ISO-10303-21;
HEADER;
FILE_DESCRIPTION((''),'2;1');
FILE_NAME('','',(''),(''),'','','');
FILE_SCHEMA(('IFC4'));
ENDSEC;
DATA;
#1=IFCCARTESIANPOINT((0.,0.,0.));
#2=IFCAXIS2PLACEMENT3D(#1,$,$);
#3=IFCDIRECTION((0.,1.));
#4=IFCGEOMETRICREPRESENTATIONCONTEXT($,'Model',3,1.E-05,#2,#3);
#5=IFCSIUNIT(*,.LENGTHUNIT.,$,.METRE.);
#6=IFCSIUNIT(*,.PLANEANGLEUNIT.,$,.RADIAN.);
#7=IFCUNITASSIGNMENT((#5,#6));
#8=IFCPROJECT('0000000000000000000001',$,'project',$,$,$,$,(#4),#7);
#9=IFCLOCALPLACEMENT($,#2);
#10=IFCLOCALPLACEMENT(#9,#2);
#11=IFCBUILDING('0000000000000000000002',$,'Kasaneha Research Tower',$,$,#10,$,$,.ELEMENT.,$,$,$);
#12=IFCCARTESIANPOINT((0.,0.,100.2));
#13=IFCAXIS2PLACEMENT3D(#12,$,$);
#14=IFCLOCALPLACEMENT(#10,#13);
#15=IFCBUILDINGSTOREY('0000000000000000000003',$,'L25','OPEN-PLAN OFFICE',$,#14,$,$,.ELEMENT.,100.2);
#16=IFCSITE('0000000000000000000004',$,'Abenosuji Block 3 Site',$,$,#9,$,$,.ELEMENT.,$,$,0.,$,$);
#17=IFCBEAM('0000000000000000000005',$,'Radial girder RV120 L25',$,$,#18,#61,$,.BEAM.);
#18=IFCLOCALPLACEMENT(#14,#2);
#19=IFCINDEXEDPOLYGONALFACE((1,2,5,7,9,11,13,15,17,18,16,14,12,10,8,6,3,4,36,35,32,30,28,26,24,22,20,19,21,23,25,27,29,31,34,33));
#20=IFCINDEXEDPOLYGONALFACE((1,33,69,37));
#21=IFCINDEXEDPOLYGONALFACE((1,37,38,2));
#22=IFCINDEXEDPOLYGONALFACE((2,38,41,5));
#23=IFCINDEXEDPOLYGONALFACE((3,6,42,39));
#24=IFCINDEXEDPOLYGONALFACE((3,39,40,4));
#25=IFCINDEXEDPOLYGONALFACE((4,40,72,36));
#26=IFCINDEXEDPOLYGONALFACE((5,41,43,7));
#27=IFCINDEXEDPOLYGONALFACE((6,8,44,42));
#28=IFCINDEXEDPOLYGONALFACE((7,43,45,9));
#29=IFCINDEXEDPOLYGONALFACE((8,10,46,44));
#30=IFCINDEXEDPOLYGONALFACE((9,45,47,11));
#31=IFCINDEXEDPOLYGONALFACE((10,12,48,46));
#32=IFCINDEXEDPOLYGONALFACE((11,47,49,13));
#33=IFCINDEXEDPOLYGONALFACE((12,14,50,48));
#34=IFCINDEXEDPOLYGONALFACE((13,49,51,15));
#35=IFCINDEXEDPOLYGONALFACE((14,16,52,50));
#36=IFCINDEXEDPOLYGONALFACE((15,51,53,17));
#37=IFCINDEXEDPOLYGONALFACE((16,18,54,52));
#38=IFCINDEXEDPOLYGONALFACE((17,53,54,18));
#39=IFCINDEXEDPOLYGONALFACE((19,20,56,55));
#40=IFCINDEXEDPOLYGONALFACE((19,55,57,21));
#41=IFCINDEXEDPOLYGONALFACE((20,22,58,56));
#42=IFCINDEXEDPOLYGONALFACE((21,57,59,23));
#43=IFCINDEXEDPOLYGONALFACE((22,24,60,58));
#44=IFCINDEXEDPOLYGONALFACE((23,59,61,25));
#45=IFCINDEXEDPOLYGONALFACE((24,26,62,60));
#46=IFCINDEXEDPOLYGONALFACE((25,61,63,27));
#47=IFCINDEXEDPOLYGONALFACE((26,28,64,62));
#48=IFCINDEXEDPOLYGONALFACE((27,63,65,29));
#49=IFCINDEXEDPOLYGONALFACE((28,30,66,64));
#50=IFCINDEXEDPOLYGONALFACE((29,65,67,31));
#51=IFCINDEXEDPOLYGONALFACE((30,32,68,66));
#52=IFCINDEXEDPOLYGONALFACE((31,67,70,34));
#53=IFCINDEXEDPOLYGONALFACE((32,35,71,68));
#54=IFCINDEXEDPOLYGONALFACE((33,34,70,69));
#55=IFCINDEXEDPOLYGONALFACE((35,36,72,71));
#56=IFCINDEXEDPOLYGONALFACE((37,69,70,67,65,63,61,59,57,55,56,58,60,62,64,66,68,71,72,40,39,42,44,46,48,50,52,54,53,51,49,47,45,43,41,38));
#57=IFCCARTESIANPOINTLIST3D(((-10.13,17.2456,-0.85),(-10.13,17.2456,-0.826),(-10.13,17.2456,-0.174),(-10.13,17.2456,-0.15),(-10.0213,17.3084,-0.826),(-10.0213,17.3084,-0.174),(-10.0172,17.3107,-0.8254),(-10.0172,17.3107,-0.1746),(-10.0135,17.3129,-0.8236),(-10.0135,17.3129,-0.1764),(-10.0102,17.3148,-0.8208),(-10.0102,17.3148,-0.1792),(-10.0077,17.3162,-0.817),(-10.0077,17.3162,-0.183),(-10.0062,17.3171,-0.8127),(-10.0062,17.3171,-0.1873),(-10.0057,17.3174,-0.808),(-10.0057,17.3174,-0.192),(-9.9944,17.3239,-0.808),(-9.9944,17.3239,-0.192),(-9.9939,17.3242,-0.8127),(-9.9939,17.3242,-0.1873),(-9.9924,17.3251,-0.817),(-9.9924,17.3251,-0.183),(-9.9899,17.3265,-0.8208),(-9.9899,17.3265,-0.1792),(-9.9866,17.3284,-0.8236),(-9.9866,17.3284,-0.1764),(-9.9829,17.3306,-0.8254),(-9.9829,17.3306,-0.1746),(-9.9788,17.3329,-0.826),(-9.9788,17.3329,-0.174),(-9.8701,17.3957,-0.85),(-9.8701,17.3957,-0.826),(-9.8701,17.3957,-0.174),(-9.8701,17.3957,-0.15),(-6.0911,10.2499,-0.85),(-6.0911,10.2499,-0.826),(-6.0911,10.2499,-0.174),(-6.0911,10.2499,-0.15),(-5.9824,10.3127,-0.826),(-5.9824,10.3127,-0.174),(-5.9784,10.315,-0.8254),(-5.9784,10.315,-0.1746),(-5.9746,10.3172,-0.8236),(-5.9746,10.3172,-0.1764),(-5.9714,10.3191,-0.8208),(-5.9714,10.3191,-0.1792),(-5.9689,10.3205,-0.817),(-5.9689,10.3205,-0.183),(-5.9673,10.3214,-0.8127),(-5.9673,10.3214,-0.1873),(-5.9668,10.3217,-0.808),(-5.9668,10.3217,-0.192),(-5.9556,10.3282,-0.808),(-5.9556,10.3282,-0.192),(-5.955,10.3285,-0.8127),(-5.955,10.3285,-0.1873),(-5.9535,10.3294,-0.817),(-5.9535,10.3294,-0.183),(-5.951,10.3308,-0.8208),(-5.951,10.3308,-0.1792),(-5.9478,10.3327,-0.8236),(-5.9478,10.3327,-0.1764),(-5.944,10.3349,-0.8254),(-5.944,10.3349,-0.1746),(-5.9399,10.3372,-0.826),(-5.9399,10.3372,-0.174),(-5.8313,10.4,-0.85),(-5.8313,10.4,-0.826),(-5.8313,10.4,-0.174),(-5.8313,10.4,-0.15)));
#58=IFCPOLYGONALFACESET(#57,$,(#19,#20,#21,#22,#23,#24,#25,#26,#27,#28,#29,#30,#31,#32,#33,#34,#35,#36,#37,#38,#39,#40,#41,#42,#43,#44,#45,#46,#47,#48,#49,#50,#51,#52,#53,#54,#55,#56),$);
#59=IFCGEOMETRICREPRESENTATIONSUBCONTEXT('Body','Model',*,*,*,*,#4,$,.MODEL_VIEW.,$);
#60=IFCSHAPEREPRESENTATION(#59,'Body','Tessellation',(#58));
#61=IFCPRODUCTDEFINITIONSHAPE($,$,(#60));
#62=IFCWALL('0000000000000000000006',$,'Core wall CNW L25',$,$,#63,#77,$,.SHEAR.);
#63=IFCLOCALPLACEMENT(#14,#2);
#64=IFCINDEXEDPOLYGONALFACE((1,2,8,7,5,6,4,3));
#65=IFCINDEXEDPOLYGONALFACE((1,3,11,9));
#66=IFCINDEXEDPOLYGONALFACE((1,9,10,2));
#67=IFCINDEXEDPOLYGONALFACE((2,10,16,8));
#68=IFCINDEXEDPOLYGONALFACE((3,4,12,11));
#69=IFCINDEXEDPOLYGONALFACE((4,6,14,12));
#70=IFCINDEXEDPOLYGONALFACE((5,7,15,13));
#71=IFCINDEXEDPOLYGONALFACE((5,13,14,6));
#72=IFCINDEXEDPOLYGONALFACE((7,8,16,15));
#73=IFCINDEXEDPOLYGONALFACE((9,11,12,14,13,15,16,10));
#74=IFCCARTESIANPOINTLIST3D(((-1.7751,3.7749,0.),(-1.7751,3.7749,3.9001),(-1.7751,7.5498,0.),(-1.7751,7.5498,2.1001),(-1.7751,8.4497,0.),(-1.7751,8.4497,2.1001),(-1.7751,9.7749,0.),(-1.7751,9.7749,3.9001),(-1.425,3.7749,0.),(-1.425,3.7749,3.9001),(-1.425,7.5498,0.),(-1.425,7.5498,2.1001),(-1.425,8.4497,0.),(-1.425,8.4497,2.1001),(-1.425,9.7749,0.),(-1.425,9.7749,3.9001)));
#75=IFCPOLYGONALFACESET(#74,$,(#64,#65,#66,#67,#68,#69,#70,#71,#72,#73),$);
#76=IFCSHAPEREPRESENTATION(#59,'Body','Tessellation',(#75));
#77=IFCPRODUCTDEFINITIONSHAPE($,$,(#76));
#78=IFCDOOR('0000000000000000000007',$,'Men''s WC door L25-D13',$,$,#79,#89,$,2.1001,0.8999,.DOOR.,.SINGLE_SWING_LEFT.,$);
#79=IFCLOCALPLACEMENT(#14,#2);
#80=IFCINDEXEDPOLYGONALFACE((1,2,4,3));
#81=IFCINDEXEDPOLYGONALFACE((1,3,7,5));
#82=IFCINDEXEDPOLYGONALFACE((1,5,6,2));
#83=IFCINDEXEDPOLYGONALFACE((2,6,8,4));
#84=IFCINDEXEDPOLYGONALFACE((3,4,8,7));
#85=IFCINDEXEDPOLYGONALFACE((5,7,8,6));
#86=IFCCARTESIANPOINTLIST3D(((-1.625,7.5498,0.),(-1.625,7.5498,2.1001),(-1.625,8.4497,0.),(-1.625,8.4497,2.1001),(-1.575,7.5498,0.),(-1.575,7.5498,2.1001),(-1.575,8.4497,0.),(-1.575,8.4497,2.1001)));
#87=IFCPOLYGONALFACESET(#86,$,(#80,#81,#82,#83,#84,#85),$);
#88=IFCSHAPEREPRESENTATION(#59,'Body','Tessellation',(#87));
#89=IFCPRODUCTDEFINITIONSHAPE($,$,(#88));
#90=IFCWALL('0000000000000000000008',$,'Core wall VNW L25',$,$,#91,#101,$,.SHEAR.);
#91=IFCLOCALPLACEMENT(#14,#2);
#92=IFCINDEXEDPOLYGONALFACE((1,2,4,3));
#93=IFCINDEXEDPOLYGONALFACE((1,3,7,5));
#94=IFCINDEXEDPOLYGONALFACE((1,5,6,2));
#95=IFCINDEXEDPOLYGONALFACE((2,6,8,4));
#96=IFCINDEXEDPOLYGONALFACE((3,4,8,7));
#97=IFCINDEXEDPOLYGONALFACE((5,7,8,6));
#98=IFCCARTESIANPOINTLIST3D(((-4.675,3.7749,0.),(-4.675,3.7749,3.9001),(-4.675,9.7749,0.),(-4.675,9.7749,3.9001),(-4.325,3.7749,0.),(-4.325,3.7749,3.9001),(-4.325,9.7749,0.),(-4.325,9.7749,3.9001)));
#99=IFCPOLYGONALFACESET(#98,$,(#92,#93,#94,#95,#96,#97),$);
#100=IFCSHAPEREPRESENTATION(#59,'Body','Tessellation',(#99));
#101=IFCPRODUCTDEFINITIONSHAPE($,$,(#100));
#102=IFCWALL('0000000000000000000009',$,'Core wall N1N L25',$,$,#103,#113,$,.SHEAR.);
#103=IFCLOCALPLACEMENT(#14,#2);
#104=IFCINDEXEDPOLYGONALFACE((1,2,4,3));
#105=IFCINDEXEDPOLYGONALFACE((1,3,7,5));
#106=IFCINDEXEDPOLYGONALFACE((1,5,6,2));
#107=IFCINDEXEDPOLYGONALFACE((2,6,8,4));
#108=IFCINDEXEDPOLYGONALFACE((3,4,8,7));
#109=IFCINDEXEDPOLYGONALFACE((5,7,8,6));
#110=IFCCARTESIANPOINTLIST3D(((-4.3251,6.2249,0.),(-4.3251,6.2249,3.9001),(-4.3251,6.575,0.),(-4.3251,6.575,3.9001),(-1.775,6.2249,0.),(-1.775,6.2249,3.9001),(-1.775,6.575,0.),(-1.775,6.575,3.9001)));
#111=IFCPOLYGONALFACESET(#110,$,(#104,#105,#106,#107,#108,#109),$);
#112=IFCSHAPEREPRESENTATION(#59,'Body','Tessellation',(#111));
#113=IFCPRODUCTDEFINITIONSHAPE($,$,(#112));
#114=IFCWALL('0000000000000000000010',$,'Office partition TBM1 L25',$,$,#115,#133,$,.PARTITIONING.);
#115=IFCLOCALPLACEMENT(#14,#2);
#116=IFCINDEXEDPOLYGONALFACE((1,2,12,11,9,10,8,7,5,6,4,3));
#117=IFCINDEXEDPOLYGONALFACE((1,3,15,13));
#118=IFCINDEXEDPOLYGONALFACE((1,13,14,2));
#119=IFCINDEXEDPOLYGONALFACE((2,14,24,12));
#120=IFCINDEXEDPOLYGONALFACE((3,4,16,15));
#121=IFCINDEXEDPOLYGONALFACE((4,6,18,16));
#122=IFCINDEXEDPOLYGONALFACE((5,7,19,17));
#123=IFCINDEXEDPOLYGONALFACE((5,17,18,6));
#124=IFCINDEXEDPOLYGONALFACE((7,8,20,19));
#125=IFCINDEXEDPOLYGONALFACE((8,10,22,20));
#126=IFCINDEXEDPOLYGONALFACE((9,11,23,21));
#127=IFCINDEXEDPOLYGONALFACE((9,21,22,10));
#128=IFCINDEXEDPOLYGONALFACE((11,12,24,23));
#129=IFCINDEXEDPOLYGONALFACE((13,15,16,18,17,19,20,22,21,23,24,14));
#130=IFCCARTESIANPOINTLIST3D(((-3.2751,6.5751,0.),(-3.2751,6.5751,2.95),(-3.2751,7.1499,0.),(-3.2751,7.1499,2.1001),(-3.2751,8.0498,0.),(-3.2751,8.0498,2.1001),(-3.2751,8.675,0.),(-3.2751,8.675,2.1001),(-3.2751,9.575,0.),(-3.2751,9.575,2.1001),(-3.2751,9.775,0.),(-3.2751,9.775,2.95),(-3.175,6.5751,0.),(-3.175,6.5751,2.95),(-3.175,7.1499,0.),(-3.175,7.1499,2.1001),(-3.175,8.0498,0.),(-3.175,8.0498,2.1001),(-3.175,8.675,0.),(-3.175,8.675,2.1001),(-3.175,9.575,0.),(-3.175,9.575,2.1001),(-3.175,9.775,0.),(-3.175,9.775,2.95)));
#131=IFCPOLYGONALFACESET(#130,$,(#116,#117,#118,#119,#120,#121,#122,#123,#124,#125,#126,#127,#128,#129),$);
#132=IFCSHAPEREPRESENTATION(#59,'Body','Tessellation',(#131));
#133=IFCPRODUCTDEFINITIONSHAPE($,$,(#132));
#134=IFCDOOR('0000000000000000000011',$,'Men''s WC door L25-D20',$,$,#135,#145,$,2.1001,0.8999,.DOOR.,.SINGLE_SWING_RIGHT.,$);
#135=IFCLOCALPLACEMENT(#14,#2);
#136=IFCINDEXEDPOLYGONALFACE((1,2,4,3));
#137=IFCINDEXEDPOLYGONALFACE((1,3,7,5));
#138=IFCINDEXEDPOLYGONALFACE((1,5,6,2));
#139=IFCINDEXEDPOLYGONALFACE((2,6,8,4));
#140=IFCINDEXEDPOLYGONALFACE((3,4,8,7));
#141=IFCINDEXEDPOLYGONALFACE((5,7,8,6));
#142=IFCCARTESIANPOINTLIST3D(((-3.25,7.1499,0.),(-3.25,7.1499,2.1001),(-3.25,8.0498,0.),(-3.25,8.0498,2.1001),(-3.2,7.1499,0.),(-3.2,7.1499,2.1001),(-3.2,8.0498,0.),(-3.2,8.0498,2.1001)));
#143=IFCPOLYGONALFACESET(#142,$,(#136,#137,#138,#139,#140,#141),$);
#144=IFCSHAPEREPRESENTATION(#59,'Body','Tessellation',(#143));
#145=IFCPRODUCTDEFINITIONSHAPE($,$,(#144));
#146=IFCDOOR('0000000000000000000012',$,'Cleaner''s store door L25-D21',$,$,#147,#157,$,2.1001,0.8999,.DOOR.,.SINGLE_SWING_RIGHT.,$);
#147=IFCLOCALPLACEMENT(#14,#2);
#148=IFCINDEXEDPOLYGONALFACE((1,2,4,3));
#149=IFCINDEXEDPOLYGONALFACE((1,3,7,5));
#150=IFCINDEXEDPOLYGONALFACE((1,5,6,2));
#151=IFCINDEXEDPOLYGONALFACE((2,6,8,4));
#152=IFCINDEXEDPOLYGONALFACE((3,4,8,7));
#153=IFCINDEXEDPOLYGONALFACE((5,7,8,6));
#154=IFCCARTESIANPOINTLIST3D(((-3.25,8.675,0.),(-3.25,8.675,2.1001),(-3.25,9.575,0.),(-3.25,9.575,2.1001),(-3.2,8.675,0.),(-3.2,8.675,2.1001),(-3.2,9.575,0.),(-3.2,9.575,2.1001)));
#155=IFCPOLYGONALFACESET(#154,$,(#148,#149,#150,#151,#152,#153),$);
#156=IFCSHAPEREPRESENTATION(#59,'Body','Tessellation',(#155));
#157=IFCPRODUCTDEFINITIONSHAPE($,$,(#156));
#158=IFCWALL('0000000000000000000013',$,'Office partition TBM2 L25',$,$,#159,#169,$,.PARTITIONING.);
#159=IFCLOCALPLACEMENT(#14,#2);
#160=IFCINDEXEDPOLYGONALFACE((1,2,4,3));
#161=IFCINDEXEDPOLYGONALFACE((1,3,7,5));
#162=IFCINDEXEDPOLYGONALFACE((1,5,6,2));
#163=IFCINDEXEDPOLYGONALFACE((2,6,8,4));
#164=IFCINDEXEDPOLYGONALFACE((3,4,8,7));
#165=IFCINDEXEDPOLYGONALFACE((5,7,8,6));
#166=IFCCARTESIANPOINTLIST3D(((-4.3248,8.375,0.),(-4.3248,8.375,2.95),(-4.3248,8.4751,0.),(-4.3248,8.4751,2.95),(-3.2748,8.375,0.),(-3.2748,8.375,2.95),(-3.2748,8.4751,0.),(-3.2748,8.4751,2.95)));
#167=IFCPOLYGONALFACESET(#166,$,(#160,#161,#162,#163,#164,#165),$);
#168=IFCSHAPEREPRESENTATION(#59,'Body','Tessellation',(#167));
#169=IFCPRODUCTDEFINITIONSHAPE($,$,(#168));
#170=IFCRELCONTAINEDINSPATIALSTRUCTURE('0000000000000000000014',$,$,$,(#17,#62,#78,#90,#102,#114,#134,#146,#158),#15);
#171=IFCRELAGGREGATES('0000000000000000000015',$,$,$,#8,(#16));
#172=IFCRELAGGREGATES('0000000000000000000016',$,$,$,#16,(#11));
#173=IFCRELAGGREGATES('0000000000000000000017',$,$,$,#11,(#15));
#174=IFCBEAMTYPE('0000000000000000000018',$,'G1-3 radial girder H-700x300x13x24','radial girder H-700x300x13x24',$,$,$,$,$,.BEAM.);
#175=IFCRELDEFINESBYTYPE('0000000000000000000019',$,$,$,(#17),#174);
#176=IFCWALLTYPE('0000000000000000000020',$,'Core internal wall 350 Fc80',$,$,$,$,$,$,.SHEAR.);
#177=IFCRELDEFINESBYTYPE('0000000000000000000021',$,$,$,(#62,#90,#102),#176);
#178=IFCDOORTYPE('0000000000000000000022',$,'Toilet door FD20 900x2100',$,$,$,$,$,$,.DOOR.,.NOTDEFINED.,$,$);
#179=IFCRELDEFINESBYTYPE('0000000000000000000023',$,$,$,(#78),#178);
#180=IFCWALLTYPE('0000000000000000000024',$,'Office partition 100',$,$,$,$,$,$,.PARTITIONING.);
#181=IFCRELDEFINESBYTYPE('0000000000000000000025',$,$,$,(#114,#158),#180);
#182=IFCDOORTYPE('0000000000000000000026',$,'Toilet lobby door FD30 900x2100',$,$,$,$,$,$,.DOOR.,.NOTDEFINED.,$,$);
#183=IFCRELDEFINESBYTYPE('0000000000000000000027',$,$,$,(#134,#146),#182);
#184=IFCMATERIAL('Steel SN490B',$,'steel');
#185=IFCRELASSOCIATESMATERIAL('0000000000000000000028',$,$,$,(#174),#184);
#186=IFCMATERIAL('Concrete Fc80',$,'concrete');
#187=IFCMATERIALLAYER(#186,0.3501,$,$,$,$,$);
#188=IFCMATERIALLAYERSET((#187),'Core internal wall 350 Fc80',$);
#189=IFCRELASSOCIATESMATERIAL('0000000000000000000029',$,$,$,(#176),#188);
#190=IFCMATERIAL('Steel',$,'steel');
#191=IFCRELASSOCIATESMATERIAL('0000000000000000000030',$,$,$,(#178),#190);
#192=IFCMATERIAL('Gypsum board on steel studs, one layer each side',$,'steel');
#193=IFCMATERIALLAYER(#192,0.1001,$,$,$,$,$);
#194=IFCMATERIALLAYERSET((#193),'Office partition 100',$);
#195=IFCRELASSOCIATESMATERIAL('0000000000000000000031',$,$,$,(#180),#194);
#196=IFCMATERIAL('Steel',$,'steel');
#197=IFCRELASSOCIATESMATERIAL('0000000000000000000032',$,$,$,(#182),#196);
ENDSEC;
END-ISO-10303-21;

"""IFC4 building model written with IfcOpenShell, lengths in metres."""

from ifc_helpers import new_model, si_unit, direction, frame, frame_2d, origin, origin_2d, place, context, subcontext, project, spatial, rectangle, i_section, extrude, material, layer, layer_set, material_profile, profile_set, type_object, element, fill, save


model = new_model("IFC4")

# Units and contexts
model_context = context("Model", 3, precision=1e-05, world=origin(), true_north=direction((0.0, 1.0)))
body_context = subcontext(model_context, "Body", "Model", "MODEL_VIEW")
ifc_project = project(units=[si_unit("LENGTHUNIT", "METRE"), si_unit("PLANEANGLEUNIT", "RADIAN")], contexts=[model_context])

# Site, building, storey
site_placement = place(None, origin())
site = spatial("IfcSite", under=ifc_project, at=site_placement, Name="Abenosuji Block 3 Site", CompositionType="ELEMENT", RefElevation=0.0)
building_placement = place(site_placement, origin())
building = spatial("IfcBuilding", under=site, at=building_placement, Name="Kasaneha Research Tower", CompositionType="ELEMENT")
storey_placement = place(building_placement, frame((0.0, 0.0, 100.2)))
storey = spatial("IfcBuildingStorey", under=building, at=storey_placement, Name="L25", Description="OPEN-PLAN OFFICE", CompositionType="ELEMENT", Elevation=100.2)

# Beam
ifc_material_1 = material(Name="Steel SN490B", Category="steel")
ifc_material_profile = material_profile(ifc_material_1, i_section(OverallWidth=0.3, OverallDepth=0.7, WebThickness=0.0129, FlangeThickness=0.0239, FilletRadius=0.0181, at=origin_2d()), Name="H-700x300x13x24")
ifc_profile_set = profile_set([ifc_material_profile], Name="Steel SN490B")
beam_type = type_object("IfcBeamType", Name="G1-3 radial girder H-700x300x13x24", Description="radial girder H-700x300x13x24", PredefinedType="BEAM", material=ifc_profile_set)
beam_placement = place(storey_placement, frame((-5.9612, 10.325, -0.5), z_axis=(-0.499991, 0.866031, 0.0), x_axis=(-0.866031, -0.499991, 0.0)))
element("IfcBeam", 1, at=beam_placement, inside=storey, type_object=beam_type, Name="Radial girder RV120 L25", PredefinedType="BEAM", context=body_context, shape_type="SweptSolid", body=[
    extrude(i_section(OverallWidth=0.3, OverallDepth=0.7, WebThickness=0.0129, FlangeThickness=0.0239, FilletRadius=0.0181, at=origin_2d()), origin(), (0.0, 0.0, 1.0), 8.0779),
])

# Wall, opening, door
ifc_material_2 = material(Name="Concrete Fc80", Category="concrete")
ifc_layer_1 = layer(ifc_material_2, 0.3501)
ifc_layer_set_1 = layer_set([ifc_layer_1], Name="Core internal wall 350 Fc80")
wall_type_1 = type_object("IfcWallType", Name="Core internal wall 350 Fc80", PredefinedType="SHEAR", material=ifc_layer_set_1)
wall_1_placement = place(storey_placement, frame((-1.6001, 3.7749, 0.0), z_axis=(0.0, 0.0, 1.0), x_axis=(0.0, 1.0, 0.0)))
wall_1 = element("IfcWall", 2, at=wall_1_placement, inside=storey, type_object=wall_type_1, Name="Core wall CNW L25", PredefinedType="SHEAR", context=body_context, shape_type="SweptSolid", body=[
    extrude(rectangle(XDim=6.0, YDim=0.3501, at=frame_2d((3.0, 0.0))), origin(), (0.0, 0.0, 1.0), 3.9001),
])
opening_1_placement = place(wall_1_placement, frame((3.7749, 0.0, 0.0)))
opening_1 = element("IfcOpeningElement", 3, at=opening_1_placement, cuts=wall_1, PredefinedType="OPENING", context=body_context, shape_type="SweptSolid", body=[
    extrude(rectangle(XDim=0.8999, YDim=2.1001, at=frame_2d((0.45, 1.05))), frame((0.0, 0.1851, 0.0), z_axis=(0.0, -1.0, 0.0), x_axis=(1.0, 0.0, 0.0)), (0.0, 0.0, 1.0), 0.3701),
])
ifc_material_3 = material(Name="Steel", Category="steel")
door_type_1 = type_object("IfcDoorType", Name="Toilet door FD20 900x2100", OperationType="NOTDEFINED", PredefinedType="DOOR", material=ifc_material_3)
door_1_placement = place(opening_1_placement, origin())
door_1 = element("IfcDoor", 4, at=door_1_placement, inside=storey, type_object=door_type_1, Name="Men's WC door L25-D13", OperationType="SINGLE_SWING_LEFT", OverallHeight=2.1001, OverallWidth=0.8999, PredefinedType="DOOR", context=body_context, shape_type="SweptSolid", body=[
    extrude(rectangle(XDim=0.8999, YDim=2.1001, at=frame_2d((0.45, 1.05))), frame((0.0, 0.0249, 0.0), z_axis=(0.0, -1.0, 0.0), x_axis=(1.0, 0.0, 0.0)), (0.0, 0.0, 1.0), 0.05),
])
fill(opening_1, door_1)

# Walls
wall_2_placement = place(storey_placement, frame((-4.5, 3.7749, 0.0), z_axis=(0.0, 0.0, 1.0), x_axis=(0.0, 1.0, 0.0)))
element("IfcWall", 5, at=wall_2_placement, inside=storey, type_object=wall_type_1, Name="Core wall VNW L25", PredefinedType="SHEAR", context=body_context, shape_type="SweptSolid", body=[
    extrude(rectangle(XDim=6.0, YDim=0.3501, at=frame_2d((3.0, 0.0))), origin(), (0.0, 0.0, 1.0), 3.9001),
])
wall_3_placement = place(storey_placement, frame((-4.325, 6.3999, 0.0), z_axis=(0.0, 0.0, 1.0), x_axis=(1.0, 0.0, 0.0)))
element("IfcWall", 6, at=wall_3_placement, inside=storey, type_object=wall_type_1, Name="Core wall N1N L25", PredefinedType="SHEAR", context=body_context, shape_type="SweptSolid", body=[
    extrude(rectangle(XDim=2.55, YDim=0.3501, at=frame_2d((1.2749, 0.0))), origin(), (0.0, 0.0, 1.0), 3.9001),
])

# Wall, openings, doors
ifc_material_4 = material(Name="Gypsum board on steel studs, one layer each side", Category="steel")
ifc_layer_2 = layer(ifc_material_4, 0.1001)
ifc_layer_set_2 = layer_set([ifc_layer_2], Name="Office partition 100")
wall_type_2 = type_object("IfcWallType", Name="Office partition 100", PredefinedType="PARTITIONING", material=ifc_layer_set_2)
wall_4_placement = place(storey_placement, frame((-3.2251, 6.575, 0.0), z_axis=(0.0, 0.0, 1.0), x_axis=(0.0, 1.0, 0.0)))
wall_4 = element("IfcWall", 7, at=wall_4_placement, inside=storey, type_object=wall_type_2, Name="Office partition TBM1 L25", PredefinedType="PARTITIONING", context=body_context, shape_type="SweptSolid", body=[
    extrude(rectangle(XDim=3.2, YDim=0.1001, at=frame_2d((1.6001, 0.0))), origin(), (0.0, 0.0, 1.0), 2.95),
])
opening_2_placement = place(wall_4_placement, frame((0.575, 0.0, 0.0)))
opening_2 = element("IfcOpeningElement", 8, at=opening_2_placement, cuts=wall_4, PredefinedType="OPENING", context=body_context, shape_type="SweptSolid", body=[
    extrude(rectangle(XDim=0.8999, YDim=2.1001, at=frame_2d((0.45, 1.05))), frame((0.0, 0.0601, 0.0), z_axis=(0.0, -1.0, 0.0), x_axis=(1.0, 0.0, 0.0)), (0.0, 0.0, 1.0), 0.1201),
])
opening_3_placement = place(wall_4_placement, frame((2.1001, 0.0, 0.0)))
opening_3 = element("IfcOpeningElement", 9, at=opening_3_placement, cuts=wall_4, PredefinedType="OPENING", context=body_context, shape_type="SweptSolid", body=[
    extrude(rectangle(XDim=0.8999, YDim=2.1001, at=frame_2d((0.45, 1.05))), frame((0.0, 0.0601, 0.0), z_axis=(0.0, -1.0, 0.0), x_axis=(1.0, 0.0, 0.0)), (0.0, 0.0, 1.0), 0.1201),
])
ifc_material_5 = material(Name="Steel", Category="steel")
door_type_2 = type_object("IfcDoorType", Name="Toilet lobby door FD30 900x2100", OperationType="NOTDEFINED", PredefinedType="DOOR", material=ifc_material_5)
door_2_placement = place(opening_2_placement, origin())
door_2 = element("IfcDoor", 10, at=door_2_placement, inside=storey, type_object=door_type_2, Name="Men's WC door L25-D20", OperationType="SINGLE_SWING_RIGHT", OverallHeight=2.1001, OverallWidth=0.8999, PredefinedType="DOOR", context=body_context, shape_type="SweptSolid", body=[
    extrude(rectangle(XDim=0.8999, YDim=2.1001, at=frame_2d((0.45, 1.05))), frame((0.0, 0.0249, 0.0), z_axis=(0.0, -1.0, 0.0), x_axis=(1.0, 0.0, 0.0)), (0.0, 0.0, 1.0), 0.05),
])
fill(opening_2, door_2)
door_3_placement = place(opening_3_placement, origin())
door_3 = element("IfcDoor", 11, at=door_3_placement, inside=storey, type_object=door_type_2, Name="Cleaner's store door L25-D21", OperationType="SINGLE_SWING_RIGHT", OverallHeight=2.1001, OverallWidth=0.8999, PredefinedType="DOOR", context=body_context, shape_type="SweptSolid", body=[
    extrude(rectangle(XDim=0.8999, YDim=2.1001, at=frame_2d((0.45, 1.05))), frame((0.0, 0.0249, 0.0), z_axis=(0.0, -1.0, 0.0), x_axis=(1.0, 0.0, 0.0)), (0.0, 0.0, 1.0), 0.05),
])
fill(opening_3, door_3)

# Wall
wall_5_placement = place(storey_placement, frame((-3.2749, 8.425, 0.0), z_axis=(0.0, 0.0, 1.0), x_axis=(-1.0, 0.0, 0.0)))
element("IfcWall", 12, at=wall_5_placement, inside=storey, type_object=wall_type_2, Name="Office partition TBM2 L25", PredefinedType="PARTITIONING", context=body_context, shape_type="SweptSolid", body=[
    extrude(rectangle(XDim=1.05, YDim=0.1001, at=frame_2d((0.5249, 0.0))), origin(), (0.0, 0.0, 1.0), 2.95),
])

save(model, "model.ifc")
